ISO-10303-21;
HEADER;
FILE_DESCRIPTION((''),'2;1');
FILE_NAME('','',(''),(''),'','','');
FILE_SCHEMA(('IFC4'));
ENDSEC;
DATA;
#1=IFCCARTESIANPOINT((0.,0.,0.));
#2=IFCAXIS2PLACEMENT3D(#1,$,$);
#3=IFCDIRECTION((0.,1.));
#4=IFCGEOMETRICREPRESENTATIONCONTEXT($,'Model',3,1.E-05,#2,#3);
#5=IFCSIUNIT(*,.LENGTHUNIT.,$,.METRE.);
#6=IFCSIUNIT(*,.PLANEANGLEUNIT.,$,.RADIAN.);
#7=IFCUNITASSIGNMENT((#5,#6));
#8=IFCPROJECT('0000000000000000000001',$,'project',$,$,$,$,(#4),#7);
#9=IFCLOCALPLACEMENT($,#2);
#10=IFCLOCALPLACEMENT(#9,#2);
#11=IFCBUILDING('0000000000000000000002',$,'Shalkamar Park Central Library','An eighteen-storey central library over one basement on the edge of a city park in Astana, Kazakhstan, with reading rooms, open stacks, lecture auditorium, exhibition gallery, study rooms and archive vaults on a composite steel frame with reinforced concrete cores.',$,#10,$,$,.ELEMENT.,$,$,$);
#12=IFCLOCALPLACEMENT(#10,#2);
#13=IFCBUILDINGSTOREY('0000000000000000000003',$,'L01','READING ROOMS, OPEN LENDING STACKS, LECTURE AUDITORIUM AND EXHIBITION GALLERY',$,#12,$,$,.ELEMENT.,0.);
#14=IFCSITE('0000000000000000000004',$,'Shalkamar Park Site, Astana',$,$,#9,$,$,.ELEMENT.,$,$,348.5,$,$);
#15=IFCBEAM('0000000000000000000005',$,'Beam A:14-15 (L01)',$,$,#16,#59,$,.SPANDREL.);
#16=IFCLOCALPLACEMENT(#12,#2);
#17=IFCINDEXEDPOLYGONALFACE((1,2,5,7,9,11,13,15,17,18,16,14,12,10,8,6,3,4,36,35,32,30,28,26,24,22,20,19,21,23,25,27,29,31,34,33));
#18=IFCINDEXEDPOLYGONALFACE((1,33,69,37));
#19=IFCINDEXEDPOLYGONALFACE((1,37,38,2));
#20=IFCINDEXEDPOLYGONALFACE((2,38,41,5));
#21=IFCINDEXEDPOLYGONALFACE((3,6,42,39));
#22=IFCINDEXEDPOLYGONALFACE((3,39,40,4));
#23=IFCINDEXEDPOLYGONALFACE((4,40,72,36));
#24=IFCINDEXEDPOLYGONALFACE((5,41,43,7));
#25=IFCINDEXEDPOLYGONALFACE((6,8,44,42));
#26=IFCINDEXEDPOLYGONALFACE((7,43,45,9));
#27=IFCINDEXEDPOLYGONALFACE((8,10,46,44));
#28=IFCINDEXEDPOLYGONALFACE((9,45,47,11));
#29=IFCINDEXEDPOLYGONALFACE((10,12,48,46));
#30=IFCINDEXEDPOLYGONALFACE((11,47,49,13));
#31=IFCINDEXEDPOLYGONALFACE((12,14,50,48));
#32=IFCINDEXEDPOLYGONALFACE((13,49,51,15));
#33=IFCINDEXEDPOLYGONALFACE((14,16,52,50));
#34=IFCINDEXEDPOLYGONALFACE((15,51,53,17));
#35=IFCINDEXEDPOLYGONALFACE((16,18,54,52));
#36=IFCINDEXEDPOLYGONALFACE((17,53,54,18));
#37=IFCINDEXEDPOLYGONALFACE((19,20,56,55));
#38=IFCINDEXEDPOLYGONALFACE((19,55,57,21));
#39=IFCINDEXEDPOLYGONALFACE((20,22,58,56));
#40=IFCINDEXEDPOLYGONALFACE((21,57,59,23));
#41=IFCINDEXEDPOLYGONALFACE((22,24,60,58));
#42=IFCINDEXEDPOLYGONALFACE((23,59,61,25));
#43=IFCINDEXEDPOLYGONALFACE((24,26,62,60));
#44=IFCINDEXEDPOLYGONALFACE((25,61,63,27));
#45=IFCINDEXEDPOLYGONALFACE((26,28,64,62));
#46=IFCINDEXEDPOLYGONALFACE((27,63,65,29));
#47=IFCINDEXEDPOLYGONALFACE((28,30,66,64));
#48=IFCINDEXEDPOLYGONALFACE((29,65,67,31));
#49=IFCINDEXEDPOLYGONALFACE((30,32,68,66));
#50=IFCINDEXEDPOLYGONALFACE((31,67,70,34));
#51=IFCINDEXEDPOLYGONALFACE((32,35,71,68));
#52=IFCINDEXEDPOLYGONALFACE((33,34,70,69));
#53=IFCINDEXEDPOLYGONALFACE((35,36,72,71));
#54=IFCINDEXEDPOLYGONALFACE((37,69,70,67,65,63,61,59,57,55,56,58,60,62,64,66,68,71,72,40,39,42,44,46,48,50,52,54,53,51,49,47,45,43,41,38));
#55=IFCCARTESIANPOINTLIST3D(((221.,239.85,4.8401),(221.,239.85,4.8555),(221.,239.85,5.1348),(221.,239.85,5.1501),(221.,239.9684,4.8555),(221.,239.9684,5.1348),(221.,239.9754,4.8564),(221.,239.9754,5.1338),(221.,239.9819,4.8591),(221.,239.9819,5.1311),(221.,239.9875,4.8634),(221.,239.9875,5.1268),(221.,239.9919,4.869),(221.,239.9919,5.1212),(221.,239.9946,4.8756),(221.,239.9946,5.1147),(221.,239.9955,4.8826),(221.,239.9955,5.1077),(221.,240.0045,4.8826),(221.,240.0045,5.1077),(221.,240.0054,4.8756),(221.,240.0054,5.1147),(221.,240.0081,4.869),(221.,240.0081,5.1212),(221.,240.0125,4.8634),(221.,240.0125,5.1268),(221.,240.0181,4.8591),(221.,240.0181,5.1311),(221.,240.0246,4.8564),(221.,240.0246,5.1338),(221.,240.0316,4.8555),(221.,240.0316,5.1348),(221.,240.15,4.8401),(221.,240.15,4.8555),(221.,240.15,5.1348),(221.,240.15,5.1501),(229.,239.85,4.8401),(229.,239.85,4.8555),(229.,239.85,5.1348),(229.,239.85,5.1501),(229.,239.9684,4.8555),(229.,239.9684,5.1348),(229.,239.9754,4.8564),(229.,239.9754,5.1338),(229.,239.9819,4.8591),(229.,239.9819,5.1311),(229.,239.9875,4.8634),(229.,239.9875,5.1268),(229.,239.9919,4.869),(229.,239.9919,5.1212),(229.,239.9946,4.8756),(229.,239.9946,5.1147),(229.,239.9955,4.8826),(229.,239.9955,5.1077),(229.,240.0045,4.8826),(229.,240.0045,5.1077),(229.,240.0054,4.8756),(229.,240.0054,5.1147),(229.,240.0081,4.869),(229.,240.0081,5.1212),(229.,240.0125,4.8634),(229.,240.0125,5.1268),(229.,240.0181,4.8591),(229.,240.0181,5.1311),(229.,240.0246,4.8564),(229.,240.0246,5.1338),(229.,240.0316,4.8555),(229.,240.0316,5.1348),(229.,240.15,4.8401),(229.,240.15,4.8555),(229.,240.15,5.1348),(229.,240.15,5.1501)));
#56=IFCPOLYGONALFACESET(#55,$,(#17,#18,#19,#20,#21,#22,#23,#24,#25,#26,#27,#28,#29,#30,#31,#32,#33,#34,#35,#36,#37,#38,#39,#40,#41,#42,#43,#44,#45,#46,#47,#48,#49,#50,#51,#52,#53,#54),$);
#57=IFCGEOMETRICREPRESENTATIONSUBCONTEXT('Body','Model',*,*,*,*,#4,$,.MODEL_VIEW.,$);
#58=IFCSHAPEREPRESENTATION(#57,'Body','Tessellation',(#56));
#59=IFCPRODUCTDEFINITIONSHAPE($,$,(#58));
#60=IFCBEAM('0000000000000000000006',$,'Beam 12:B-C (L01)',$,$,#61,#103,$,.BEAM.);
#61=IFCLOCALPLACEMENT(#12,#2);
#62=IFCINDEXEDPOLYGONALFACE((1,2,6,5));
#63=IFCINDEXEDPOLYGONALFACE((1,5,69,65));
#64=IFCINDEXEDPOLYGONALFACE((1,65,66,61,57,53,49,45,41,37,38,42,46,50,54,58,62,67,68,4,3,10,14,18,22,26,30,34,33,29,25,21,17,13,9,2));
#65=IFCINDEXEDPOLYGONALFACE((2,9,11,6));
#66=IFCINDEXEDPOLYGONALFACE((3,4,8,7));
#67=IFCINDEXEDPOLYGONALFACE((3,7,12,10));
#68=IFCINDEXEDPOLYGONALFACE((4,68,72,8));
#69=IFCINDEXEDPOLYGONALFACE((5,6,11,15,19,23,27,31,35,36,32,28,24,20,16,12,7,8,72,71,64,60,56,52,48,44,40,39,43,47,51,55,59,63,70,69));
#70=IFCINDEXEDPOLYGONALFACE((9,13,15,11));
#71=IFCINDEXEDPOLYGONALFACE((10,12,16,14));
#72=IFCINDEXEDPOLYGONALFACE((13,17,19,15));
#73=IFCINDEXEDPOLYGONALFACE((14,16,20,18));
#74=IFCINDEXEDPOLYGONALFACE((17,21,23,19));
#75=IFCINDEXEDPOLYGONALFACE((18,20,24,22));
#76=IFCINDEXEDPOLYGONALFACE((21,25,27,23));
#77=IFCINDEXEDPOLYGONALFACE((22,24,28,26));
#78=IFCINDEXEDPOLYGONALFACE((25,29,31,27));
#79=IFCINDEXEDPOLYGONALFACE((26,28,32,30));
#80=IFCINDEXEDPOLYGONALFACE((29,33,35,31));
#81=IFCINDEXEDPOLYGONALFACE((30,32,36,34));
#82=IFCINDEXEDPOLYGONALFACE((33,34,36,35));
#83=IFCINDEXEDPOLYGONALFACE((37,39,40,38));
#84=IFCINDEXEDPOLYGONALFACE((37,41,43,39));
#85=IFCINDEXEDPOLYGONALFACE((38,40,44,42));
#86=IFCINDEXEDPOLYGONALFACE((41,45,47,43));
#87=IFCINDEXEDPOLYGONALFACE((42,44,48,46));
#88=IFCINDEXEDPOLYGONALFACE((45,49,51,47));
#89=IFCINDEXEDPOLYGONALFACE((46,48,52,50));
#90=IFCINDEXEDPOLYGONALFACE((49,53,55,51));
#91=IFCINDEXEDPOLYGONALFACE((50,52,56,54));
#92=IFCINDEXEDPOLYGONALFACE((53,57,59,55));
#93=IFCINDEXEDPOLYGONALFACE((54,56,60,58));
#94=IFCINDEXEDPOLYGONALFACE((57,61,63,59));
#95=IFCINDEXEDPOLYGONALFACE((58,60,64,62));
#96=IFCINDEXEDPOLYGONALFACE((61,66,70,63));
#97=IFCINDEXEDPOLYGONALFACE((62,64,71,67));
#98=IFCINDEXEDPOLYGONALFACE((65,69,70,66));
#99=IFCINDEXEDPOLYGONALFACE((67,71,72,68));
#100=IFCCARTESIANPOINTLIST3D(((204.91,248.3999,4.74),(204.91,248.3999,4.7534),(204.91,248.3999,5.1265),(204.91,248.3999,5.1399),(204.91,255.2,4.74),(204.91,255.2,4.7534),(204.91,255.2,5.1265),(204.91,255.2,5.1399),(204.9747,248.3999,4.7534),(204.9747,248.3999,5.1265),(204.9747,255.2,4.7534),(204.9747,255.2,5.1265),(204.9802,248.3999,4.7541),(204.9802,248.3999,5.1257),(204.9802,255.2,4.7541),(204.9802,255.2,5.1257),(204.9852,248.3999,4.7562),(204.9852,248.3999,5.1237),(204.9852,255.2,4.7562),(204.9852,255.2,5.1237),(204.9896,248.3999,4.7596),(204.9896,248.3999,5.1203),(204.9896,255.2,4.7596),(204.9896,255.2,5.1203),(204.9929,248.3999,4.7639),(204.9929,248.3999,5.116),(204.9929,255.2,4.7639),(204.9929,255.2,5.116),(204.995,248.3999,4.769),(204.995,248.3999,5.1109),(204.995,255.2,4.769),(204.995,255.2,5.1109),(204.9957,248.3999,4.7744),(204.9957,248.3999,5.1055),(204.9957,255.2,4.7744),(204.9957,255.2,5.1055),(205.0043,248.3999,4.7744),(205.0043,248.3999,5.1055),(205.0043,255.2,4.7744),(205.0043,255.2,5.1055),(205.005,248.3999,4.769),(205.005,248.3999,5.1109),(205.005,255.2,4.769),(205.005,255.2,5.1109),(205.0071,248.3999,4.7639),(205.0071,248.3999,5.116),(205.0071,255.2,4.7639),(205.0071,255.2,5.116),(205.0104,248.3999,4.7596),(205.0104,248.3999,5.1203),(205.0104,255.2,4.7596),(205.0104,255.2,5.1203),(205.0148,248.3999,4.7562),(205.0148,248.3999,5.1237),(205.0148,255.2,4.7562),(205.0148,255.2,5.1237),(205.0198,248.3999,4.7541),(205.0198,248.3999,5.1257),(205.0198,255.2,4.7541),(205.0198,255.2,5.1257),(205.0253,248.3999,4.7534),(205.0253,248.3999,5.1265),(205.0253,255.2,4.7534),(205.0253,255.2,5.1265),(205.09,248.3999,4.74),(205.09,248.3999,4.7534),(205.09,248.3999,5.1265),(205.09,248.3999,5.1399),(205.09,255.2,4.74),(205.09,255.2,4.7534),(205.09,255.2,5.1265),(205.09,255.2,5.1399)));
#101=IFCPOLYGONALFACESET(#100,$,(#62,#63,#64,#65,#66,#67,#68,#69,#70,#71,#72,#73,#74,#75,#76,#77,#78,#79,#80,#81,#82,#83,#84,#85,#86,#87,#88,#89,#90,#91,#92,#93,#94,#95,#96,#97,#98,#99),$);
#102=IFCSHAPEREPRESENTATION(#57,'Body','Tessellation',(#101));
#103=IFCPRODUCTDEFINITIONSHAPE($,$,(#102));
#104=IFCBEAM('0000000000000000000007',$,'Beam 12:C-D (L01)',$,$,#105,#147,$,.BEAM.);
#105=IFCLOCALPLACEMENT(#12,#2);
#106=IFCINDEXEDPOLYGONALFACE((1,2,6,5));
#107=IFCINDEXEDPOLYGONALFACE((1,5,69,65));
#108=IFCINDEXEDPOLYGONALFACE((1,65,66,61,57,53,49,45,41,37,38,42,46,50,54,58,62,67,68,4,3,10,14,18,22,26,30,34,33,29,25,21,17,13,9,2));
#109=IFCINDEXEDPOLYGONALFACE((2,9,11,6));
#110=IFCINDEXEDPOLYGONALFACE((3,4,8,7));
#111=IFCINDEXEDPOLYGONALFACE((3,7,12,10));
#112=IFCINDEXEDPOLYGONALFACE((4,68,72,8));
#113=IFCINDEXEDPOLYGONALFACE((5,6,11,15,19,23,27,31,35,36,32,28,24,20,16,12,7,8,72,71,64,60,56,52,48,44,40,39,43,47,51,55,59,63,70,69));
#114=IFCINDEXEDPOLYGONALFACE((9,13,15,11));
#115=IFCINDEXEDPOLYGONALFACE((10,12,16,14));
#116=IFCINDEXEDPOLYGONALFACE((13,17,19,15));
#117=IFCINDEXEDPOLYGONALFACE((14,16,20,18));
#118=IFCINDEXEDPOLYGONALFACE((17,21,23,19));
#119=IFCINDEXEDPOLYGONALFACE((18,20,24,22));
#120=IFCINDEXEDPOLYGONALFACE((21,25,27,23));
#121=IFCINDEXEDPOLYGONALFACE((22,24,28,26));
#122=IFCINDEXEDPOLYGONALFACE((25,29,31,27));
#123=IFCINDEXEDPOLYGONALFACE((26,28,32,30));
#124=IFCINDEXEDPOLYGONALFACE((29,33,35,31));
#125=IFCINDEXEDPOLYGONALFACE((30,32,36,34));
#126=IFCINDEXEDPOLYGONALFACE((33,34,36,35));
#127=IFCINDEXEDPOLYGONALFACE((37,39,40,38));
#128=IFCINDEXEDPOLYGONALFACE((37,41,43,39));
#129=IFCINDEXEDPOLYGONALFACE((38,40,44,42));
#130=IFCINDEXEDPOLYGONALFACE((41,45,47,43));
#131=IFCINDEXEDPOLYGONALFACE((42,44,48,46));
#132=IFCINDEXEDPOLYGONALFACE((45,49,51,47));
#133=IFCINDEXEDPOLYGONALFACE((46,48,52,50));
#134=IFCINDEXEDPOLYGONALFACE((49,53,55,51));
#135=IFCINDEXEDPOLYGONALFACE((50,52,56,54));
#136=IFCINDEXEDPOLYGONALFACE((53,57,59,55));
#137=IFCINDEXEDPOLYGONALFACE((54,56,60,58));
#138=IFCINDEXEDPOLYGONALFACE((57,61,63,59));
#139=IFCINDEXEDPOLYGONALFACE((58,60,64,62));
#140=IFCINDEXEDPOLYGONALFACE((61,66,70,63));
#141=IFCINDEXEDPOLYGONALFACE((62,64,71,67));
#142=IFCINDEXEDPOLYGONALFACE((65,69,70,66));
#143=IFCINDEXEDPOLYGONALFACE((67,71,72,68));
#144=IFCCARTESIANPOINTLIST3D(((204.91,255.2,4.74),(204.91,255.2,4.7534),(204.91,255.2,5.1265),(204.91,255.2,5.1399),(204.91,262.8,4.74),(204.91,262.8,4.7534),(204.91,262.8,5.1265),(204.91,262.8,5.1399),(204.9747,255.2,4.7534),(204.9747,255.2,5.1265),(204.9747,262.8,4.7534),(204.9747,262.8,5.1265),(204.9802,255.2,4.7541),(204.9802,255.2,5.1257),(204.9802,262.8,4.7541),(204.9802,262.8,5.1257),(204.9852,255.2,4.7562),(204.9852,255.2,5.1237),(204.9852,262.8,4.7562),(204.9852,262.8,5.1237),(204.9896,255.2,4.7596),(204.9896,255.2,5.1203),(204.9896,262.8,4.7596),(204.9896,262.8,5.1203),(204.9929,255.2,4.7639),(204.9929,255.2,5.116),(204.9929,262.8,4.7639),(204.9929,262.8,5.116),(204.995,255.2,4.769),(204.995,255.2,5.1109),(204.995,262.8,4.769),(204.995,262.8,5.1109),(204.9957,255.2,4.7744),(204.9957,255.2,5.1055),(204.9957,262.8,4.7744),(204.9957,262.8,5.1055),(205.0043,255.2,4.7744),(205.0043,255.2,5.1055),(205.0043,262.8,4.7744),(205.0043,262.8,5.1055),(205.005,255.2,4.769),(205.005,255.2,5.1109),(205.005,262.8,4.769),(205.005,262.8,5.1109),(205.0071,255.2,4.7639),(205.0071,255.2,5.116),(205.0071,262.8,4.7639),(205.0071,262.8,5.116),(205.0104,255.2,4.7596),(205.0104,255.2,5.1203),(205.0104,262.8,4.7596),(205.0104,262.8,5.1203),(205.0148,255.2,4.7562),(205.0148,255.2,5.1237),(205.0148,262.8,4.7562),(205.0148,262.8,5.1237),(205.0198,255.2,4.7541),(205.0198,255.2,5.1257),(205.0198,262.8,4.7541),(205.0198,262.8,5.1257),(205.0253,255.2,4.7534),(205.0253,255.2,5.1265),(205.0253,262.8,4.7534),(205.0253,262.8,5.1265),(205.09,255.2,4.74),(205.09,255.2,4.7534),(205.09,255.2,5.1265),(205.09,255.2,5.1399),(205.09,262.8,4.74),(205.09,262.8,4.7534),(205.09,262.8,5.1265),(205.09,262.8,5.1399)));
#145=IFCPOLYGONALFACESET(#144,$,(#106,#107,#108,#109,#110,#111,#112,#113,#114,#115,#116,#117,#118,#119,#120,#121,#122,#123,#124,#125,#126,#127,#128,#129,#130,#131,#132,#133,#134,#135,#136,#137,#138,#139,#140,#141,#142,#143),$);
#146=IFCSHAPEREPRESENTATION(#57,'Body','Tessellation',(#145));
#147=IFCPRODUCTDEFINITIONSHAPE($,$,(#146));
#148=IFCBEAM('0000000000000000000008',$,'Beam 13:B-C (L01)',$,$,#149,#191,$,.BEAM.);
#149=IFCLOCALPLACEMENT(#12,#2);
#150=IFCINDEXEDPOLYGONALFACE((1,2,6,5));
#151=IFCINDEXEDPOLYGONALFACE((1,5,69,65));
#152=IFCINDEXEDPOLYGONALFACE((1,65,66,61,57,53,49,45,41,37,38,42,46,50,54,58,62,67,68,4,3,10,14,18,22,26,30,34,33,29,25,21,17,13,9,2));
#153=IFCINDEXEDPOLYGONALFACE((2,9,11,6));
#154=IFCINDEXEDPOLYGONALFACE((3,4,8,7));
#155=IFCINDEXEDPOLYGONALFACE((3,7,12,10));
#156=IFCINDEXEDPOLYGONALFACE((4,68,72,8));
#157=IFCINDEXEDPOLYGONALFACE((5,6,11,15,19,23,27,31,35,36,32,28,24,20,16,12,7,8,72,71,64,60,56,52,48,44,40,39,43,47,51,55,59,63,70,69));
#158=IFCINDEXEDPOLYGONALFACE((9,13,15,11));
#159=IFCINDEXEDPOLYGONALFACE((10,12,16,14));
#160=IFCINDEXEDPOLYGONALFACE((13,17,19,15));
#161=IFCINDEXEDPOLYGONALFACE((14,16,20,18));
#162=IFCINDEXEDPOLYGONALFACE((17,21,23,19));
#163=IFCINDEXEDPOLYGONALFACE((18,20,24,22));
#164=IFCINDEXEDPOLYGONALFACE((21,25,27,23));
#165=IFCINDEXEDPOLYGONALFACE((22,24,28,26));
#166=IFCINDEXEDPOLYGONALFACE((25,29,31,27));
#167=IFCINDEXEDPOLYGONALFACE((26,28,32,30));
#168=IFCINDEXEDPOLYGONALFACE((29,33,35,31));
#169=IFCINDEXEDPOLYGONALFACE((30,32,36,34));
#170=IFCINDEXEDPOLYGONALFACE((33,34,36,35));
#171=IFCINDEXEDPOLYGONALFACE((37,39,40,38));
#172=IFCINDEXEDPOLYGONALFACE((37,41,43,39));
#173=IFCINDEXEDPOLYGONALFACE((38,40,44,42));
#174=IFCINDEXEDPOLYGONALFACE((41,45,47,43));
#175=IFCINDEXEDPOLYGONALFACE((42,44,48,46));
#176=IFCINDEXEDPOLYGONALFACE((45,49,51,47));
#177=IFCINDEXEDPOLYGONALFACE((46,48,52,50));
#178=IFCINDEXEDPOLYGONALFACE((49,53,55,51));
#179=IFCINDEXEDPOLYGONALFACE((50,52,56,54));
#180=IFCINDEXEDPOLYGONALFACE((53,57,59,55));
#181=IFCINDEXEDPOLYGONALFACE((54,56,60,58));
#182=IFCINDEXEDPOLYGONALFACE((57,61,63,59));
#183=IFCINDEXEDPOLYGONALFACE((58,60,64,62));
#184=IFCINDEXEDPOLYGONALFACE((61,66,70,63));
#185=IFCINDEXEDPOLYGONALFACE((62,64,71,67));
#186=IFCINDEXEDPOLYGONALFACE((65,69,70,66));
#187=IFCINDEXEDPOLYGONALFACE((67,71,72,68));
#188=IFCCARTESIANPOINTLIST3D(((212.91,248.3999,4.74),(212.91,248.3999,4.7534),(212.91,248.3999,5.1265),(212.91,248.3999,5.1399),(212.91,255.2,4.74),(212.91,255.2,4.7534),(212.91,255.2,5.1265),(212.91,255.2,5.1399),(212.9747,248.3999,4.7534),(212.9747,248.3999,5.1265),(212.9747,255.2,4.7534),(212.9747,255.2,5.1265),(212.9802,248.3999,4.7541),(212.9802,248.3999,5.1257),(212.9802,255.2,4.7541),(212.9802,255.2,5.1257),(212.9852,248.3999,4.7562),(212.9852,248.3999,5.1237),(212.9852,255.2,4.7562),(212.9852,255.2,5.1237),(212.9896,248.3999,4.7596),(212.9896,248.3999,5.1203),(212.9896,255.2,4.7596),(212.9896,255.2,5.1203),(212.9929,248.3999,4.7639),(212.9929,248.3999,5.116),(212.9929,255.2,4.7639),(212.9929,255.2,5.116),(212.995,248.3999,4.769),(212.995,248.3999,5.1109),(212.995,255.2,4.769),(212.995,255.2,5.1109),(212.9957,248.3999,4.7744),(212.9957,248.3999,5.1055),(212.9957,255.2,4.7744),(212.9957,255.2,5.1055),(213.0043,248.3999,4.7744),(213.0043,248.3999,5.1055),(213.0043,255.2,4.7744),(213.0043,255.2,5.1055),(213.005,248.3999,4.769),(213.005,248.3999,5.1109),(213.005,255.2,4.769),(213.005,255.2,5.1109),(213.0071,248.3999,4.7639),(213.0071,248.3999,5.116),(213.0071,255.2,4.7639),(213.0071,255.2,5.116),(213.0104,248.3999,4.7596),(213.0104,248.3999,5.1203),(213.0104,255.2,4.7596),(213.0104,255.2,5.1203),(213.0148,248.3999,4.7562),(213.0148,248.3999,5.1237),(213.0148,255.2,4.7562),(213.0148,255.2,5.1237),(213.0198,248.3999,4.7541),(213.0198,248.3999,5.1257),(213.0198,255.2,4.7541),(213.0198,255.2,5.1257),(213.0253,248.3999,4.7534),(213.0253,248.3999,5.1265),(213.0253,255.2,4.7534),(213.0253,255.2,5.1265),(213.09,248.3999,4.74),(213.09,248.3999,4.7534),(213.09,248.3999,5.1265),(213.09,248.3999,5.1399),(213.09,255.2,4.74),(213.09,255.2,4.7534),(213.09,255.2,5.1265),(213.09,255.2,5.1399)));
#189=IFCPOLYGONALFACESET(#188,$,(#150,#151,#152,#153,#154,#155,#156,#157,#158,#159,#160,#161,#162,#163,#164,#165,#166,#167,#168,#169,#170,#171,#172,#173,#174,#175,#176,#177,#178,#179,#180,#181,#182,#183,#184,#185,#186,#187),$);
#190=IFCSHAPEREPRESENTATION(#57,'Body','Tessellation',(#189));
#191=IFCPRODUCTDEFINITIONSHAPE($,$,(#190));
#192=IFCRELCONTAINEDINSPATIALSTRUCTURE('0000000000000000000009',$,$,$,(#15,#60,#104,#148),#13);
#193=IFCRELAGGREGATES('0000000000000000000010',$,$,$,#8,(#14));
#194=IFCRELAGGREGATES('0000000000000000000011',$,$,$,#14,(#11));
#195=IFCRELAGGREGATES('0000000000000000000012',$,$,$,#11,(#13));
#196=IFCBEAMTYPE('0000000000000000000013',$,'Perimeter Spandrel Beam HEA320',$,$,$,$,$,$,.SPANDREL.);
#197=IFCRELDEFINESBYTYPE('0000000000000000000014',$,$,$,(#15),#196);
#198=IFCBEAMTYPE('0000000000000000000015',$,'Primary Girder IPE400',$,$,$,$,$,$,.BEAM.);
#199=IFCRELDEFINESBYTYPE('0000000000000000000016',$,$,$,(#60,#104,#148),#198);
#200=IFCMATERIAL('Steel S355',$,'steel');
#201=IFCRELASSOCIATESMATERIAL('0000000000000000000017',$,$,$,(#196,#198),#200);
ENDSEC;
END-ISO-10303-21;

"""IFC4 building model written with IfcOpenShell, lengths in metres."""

from ifc_helpers import new_model, si_unit, direction, frame, origin, origin_2d, place, context, subcontext, project, spatial, i_section, extrude, material, material_profile, profile_set, type_object, element, save


model = new_model("IFC4")

# Units and contexts
model_context = context("Model", 3, precision=1e-05, world=origin(), true_north=direction((0.0, 1.0)))
body_context = subcontext(model_context, "Body", "Model", "MODEL_VIEW")
ifc_project = project(units=[si_unit("LENGTHUNIT", "METRE"), si_unit("PLANEANGLEUNIT", "RADIAN")], contexts=[model_context])

# Site, building, storey
site_placement = place(None, origin())
site = spatial("IfcSite", under=ifc_project, at=site_placement, Name="Shalkamar Park Site, Astana", CompositionType="ELEMENT", RefElevation=348.5)
building_placement = place(site_placement, origin())
building = spatial("IfcBuilding", under=site, at=building_placement, Name="Shalkamar Park Central Library", Description="An eighteen-storey central library over one basement on the edge of a city park in Astana, Kazakhstan, with reading rooms, open stacks, lecture auditorium, exhibition gallery, study rooms and archive vaults on a composite steel frame with reinforced concrete cores.", CompositionType="ELEMENT")
storey_placement = place(building_placement, origin())
storey = spatial("IfcBuildingStorey", under=building, at=storey_placement, Name="L01", Description="READING ROOMS, OPEN LENDING STACKS, LECTURE AUDITORIUM AND EXHIBITION GALLERY", CompositionType="ELEMENT", Elevation=0.0)

# Shared definitions
ifc_material_1 = material(Name="Steel S355", Category="steel")

# Beams
ifc_material_profile_1 = material_profile(ifc_material_1, i_section(OverallWidth=0.3, OverallDepth=0.3101, WebThickness=0.009, FlangeThickness=0.0154, FilletRadius=0.0271, at=origin_2d()), Name="HEA 320")
ifc_profile_set_1 = profile_set([ifc_material_profile_1], Name="Steel S355")
beam_type_1 = type_object("IfcBeamType", Name="Perimeter Spandrel Beam HEA320", PredefinedType="SPANDREL", material=ifc_profile_set_1)
for number, where, z_axis, x_axis, name in (
    (1, (221.0, 240.0, 4.9951), (1.0, 0.0, 0.0), (0.0, 1.0, 0.0), "Beam A:14-15 (L01)"),
):
    element("IfcBeam", number, at=place(storey_placement, frame(where, z_axis=z_axis, x_axis=x_axis)), inside=storey, type_object=beam_type_1, Name=name, PredefinedType="SPANDREL", context=body_context, shape_type="SweptSolid", body=[
        extrude(i_section(OverallWidth=0.3, OverallDepth=0.3101, WebThickness=0.009, FlangeThickness=0.0154, FilletRadius=0.0271, at=origin_2d()), origin(), (0.0, 0.0, 1.0), 8.0),
    ])
ifc_material_profile_2 = material_profile(ifc_material_1, i_section(OverallWidth=0.1799, OverallDepth=0.3999, WebThickness=0.0085, FlangeThickness=0.0134, FilletRadius=0.021, at=origin_2d()), Name="IPE 400")
ifc_profile_set_2 = profile_set([ifc_material_profile_2], Name="Steel S355")
beam_type_2 = type_object("IfcBeamType", Name="Primary Girder IPE400", PredefinedType="BEAM", material=ifc_profile_set_2)
beam_1_placement = place(storey_placement, frame((205.0, 248.3999, 4.9399), z_axis=(0.0, 1.0, 0.0), x_axis=(-1.0, 0.0, 0.0)))
element("IfcBeam", 2, at=beam_1_placement, inside=storey, type_object=beam_type_2, Name="Beam 12:B-C (L01)", PredefinedType="BEAM", context=body_context, shape_type="SweptSolid", body=[
    extrude(i_section(OverallWidth=0.1799, OverallDepth=0.3999, WebThickness=0.0085, FlangeThickness=0.0134, FilletRadius=0.021, at=origin_2d()), origin(), (0.0, 0.0, 1.0), 6.8),
])
beam_2_placement = place(storey_placement, frame((205.0, 255.2, 4.9399), z_axis=(0.0, 1.0, 0.0), x_axis=(-1.0, 0.0, 0.0)))
element("IfcBeam", 3, at=beam_2_placement, inside=storey, type_object=beam_type_2, Name="Beam 12:C-D (L01)", PredefinedType="BEAM", context=body_context, shape_type="SweptSolid", body=[
    extrude(i_section(OverallWidth=0.1799, OverallDepth=0.3999, WebThickness=0.0085, FlangeThickness=0.0134, FilletRadius=0.021, at=origin_2d()), origin(), (0.0, 0.0, 1.0), 7.6001),
])
beam_3_placement = place(storey_placement, frame((213.0, 248.3999, 4.9399), z_axis=(0.0, 1.0, 0.0), x_axis=(-1.0, 0.0, 0.0)))
element("IfcBeam", 4, at=beam_3_placement, inside=storey, type_object=beam_type_2, Name="Beam 13:B-C (L01)", PredefinedType="BEAM", context=body_context, shape_type="SweptSolid", body=[
    extrude(i_section(OverallWidth=0.1799, OverallDepth=0.3999, WebThickness=0.0085, FlangeThickness=0.0134, FilletRadius=0.021, at=origin_2d()), origin(), (0.0, 0.0, 1.0), 6.8),
])

save(model, "model.ifc")
